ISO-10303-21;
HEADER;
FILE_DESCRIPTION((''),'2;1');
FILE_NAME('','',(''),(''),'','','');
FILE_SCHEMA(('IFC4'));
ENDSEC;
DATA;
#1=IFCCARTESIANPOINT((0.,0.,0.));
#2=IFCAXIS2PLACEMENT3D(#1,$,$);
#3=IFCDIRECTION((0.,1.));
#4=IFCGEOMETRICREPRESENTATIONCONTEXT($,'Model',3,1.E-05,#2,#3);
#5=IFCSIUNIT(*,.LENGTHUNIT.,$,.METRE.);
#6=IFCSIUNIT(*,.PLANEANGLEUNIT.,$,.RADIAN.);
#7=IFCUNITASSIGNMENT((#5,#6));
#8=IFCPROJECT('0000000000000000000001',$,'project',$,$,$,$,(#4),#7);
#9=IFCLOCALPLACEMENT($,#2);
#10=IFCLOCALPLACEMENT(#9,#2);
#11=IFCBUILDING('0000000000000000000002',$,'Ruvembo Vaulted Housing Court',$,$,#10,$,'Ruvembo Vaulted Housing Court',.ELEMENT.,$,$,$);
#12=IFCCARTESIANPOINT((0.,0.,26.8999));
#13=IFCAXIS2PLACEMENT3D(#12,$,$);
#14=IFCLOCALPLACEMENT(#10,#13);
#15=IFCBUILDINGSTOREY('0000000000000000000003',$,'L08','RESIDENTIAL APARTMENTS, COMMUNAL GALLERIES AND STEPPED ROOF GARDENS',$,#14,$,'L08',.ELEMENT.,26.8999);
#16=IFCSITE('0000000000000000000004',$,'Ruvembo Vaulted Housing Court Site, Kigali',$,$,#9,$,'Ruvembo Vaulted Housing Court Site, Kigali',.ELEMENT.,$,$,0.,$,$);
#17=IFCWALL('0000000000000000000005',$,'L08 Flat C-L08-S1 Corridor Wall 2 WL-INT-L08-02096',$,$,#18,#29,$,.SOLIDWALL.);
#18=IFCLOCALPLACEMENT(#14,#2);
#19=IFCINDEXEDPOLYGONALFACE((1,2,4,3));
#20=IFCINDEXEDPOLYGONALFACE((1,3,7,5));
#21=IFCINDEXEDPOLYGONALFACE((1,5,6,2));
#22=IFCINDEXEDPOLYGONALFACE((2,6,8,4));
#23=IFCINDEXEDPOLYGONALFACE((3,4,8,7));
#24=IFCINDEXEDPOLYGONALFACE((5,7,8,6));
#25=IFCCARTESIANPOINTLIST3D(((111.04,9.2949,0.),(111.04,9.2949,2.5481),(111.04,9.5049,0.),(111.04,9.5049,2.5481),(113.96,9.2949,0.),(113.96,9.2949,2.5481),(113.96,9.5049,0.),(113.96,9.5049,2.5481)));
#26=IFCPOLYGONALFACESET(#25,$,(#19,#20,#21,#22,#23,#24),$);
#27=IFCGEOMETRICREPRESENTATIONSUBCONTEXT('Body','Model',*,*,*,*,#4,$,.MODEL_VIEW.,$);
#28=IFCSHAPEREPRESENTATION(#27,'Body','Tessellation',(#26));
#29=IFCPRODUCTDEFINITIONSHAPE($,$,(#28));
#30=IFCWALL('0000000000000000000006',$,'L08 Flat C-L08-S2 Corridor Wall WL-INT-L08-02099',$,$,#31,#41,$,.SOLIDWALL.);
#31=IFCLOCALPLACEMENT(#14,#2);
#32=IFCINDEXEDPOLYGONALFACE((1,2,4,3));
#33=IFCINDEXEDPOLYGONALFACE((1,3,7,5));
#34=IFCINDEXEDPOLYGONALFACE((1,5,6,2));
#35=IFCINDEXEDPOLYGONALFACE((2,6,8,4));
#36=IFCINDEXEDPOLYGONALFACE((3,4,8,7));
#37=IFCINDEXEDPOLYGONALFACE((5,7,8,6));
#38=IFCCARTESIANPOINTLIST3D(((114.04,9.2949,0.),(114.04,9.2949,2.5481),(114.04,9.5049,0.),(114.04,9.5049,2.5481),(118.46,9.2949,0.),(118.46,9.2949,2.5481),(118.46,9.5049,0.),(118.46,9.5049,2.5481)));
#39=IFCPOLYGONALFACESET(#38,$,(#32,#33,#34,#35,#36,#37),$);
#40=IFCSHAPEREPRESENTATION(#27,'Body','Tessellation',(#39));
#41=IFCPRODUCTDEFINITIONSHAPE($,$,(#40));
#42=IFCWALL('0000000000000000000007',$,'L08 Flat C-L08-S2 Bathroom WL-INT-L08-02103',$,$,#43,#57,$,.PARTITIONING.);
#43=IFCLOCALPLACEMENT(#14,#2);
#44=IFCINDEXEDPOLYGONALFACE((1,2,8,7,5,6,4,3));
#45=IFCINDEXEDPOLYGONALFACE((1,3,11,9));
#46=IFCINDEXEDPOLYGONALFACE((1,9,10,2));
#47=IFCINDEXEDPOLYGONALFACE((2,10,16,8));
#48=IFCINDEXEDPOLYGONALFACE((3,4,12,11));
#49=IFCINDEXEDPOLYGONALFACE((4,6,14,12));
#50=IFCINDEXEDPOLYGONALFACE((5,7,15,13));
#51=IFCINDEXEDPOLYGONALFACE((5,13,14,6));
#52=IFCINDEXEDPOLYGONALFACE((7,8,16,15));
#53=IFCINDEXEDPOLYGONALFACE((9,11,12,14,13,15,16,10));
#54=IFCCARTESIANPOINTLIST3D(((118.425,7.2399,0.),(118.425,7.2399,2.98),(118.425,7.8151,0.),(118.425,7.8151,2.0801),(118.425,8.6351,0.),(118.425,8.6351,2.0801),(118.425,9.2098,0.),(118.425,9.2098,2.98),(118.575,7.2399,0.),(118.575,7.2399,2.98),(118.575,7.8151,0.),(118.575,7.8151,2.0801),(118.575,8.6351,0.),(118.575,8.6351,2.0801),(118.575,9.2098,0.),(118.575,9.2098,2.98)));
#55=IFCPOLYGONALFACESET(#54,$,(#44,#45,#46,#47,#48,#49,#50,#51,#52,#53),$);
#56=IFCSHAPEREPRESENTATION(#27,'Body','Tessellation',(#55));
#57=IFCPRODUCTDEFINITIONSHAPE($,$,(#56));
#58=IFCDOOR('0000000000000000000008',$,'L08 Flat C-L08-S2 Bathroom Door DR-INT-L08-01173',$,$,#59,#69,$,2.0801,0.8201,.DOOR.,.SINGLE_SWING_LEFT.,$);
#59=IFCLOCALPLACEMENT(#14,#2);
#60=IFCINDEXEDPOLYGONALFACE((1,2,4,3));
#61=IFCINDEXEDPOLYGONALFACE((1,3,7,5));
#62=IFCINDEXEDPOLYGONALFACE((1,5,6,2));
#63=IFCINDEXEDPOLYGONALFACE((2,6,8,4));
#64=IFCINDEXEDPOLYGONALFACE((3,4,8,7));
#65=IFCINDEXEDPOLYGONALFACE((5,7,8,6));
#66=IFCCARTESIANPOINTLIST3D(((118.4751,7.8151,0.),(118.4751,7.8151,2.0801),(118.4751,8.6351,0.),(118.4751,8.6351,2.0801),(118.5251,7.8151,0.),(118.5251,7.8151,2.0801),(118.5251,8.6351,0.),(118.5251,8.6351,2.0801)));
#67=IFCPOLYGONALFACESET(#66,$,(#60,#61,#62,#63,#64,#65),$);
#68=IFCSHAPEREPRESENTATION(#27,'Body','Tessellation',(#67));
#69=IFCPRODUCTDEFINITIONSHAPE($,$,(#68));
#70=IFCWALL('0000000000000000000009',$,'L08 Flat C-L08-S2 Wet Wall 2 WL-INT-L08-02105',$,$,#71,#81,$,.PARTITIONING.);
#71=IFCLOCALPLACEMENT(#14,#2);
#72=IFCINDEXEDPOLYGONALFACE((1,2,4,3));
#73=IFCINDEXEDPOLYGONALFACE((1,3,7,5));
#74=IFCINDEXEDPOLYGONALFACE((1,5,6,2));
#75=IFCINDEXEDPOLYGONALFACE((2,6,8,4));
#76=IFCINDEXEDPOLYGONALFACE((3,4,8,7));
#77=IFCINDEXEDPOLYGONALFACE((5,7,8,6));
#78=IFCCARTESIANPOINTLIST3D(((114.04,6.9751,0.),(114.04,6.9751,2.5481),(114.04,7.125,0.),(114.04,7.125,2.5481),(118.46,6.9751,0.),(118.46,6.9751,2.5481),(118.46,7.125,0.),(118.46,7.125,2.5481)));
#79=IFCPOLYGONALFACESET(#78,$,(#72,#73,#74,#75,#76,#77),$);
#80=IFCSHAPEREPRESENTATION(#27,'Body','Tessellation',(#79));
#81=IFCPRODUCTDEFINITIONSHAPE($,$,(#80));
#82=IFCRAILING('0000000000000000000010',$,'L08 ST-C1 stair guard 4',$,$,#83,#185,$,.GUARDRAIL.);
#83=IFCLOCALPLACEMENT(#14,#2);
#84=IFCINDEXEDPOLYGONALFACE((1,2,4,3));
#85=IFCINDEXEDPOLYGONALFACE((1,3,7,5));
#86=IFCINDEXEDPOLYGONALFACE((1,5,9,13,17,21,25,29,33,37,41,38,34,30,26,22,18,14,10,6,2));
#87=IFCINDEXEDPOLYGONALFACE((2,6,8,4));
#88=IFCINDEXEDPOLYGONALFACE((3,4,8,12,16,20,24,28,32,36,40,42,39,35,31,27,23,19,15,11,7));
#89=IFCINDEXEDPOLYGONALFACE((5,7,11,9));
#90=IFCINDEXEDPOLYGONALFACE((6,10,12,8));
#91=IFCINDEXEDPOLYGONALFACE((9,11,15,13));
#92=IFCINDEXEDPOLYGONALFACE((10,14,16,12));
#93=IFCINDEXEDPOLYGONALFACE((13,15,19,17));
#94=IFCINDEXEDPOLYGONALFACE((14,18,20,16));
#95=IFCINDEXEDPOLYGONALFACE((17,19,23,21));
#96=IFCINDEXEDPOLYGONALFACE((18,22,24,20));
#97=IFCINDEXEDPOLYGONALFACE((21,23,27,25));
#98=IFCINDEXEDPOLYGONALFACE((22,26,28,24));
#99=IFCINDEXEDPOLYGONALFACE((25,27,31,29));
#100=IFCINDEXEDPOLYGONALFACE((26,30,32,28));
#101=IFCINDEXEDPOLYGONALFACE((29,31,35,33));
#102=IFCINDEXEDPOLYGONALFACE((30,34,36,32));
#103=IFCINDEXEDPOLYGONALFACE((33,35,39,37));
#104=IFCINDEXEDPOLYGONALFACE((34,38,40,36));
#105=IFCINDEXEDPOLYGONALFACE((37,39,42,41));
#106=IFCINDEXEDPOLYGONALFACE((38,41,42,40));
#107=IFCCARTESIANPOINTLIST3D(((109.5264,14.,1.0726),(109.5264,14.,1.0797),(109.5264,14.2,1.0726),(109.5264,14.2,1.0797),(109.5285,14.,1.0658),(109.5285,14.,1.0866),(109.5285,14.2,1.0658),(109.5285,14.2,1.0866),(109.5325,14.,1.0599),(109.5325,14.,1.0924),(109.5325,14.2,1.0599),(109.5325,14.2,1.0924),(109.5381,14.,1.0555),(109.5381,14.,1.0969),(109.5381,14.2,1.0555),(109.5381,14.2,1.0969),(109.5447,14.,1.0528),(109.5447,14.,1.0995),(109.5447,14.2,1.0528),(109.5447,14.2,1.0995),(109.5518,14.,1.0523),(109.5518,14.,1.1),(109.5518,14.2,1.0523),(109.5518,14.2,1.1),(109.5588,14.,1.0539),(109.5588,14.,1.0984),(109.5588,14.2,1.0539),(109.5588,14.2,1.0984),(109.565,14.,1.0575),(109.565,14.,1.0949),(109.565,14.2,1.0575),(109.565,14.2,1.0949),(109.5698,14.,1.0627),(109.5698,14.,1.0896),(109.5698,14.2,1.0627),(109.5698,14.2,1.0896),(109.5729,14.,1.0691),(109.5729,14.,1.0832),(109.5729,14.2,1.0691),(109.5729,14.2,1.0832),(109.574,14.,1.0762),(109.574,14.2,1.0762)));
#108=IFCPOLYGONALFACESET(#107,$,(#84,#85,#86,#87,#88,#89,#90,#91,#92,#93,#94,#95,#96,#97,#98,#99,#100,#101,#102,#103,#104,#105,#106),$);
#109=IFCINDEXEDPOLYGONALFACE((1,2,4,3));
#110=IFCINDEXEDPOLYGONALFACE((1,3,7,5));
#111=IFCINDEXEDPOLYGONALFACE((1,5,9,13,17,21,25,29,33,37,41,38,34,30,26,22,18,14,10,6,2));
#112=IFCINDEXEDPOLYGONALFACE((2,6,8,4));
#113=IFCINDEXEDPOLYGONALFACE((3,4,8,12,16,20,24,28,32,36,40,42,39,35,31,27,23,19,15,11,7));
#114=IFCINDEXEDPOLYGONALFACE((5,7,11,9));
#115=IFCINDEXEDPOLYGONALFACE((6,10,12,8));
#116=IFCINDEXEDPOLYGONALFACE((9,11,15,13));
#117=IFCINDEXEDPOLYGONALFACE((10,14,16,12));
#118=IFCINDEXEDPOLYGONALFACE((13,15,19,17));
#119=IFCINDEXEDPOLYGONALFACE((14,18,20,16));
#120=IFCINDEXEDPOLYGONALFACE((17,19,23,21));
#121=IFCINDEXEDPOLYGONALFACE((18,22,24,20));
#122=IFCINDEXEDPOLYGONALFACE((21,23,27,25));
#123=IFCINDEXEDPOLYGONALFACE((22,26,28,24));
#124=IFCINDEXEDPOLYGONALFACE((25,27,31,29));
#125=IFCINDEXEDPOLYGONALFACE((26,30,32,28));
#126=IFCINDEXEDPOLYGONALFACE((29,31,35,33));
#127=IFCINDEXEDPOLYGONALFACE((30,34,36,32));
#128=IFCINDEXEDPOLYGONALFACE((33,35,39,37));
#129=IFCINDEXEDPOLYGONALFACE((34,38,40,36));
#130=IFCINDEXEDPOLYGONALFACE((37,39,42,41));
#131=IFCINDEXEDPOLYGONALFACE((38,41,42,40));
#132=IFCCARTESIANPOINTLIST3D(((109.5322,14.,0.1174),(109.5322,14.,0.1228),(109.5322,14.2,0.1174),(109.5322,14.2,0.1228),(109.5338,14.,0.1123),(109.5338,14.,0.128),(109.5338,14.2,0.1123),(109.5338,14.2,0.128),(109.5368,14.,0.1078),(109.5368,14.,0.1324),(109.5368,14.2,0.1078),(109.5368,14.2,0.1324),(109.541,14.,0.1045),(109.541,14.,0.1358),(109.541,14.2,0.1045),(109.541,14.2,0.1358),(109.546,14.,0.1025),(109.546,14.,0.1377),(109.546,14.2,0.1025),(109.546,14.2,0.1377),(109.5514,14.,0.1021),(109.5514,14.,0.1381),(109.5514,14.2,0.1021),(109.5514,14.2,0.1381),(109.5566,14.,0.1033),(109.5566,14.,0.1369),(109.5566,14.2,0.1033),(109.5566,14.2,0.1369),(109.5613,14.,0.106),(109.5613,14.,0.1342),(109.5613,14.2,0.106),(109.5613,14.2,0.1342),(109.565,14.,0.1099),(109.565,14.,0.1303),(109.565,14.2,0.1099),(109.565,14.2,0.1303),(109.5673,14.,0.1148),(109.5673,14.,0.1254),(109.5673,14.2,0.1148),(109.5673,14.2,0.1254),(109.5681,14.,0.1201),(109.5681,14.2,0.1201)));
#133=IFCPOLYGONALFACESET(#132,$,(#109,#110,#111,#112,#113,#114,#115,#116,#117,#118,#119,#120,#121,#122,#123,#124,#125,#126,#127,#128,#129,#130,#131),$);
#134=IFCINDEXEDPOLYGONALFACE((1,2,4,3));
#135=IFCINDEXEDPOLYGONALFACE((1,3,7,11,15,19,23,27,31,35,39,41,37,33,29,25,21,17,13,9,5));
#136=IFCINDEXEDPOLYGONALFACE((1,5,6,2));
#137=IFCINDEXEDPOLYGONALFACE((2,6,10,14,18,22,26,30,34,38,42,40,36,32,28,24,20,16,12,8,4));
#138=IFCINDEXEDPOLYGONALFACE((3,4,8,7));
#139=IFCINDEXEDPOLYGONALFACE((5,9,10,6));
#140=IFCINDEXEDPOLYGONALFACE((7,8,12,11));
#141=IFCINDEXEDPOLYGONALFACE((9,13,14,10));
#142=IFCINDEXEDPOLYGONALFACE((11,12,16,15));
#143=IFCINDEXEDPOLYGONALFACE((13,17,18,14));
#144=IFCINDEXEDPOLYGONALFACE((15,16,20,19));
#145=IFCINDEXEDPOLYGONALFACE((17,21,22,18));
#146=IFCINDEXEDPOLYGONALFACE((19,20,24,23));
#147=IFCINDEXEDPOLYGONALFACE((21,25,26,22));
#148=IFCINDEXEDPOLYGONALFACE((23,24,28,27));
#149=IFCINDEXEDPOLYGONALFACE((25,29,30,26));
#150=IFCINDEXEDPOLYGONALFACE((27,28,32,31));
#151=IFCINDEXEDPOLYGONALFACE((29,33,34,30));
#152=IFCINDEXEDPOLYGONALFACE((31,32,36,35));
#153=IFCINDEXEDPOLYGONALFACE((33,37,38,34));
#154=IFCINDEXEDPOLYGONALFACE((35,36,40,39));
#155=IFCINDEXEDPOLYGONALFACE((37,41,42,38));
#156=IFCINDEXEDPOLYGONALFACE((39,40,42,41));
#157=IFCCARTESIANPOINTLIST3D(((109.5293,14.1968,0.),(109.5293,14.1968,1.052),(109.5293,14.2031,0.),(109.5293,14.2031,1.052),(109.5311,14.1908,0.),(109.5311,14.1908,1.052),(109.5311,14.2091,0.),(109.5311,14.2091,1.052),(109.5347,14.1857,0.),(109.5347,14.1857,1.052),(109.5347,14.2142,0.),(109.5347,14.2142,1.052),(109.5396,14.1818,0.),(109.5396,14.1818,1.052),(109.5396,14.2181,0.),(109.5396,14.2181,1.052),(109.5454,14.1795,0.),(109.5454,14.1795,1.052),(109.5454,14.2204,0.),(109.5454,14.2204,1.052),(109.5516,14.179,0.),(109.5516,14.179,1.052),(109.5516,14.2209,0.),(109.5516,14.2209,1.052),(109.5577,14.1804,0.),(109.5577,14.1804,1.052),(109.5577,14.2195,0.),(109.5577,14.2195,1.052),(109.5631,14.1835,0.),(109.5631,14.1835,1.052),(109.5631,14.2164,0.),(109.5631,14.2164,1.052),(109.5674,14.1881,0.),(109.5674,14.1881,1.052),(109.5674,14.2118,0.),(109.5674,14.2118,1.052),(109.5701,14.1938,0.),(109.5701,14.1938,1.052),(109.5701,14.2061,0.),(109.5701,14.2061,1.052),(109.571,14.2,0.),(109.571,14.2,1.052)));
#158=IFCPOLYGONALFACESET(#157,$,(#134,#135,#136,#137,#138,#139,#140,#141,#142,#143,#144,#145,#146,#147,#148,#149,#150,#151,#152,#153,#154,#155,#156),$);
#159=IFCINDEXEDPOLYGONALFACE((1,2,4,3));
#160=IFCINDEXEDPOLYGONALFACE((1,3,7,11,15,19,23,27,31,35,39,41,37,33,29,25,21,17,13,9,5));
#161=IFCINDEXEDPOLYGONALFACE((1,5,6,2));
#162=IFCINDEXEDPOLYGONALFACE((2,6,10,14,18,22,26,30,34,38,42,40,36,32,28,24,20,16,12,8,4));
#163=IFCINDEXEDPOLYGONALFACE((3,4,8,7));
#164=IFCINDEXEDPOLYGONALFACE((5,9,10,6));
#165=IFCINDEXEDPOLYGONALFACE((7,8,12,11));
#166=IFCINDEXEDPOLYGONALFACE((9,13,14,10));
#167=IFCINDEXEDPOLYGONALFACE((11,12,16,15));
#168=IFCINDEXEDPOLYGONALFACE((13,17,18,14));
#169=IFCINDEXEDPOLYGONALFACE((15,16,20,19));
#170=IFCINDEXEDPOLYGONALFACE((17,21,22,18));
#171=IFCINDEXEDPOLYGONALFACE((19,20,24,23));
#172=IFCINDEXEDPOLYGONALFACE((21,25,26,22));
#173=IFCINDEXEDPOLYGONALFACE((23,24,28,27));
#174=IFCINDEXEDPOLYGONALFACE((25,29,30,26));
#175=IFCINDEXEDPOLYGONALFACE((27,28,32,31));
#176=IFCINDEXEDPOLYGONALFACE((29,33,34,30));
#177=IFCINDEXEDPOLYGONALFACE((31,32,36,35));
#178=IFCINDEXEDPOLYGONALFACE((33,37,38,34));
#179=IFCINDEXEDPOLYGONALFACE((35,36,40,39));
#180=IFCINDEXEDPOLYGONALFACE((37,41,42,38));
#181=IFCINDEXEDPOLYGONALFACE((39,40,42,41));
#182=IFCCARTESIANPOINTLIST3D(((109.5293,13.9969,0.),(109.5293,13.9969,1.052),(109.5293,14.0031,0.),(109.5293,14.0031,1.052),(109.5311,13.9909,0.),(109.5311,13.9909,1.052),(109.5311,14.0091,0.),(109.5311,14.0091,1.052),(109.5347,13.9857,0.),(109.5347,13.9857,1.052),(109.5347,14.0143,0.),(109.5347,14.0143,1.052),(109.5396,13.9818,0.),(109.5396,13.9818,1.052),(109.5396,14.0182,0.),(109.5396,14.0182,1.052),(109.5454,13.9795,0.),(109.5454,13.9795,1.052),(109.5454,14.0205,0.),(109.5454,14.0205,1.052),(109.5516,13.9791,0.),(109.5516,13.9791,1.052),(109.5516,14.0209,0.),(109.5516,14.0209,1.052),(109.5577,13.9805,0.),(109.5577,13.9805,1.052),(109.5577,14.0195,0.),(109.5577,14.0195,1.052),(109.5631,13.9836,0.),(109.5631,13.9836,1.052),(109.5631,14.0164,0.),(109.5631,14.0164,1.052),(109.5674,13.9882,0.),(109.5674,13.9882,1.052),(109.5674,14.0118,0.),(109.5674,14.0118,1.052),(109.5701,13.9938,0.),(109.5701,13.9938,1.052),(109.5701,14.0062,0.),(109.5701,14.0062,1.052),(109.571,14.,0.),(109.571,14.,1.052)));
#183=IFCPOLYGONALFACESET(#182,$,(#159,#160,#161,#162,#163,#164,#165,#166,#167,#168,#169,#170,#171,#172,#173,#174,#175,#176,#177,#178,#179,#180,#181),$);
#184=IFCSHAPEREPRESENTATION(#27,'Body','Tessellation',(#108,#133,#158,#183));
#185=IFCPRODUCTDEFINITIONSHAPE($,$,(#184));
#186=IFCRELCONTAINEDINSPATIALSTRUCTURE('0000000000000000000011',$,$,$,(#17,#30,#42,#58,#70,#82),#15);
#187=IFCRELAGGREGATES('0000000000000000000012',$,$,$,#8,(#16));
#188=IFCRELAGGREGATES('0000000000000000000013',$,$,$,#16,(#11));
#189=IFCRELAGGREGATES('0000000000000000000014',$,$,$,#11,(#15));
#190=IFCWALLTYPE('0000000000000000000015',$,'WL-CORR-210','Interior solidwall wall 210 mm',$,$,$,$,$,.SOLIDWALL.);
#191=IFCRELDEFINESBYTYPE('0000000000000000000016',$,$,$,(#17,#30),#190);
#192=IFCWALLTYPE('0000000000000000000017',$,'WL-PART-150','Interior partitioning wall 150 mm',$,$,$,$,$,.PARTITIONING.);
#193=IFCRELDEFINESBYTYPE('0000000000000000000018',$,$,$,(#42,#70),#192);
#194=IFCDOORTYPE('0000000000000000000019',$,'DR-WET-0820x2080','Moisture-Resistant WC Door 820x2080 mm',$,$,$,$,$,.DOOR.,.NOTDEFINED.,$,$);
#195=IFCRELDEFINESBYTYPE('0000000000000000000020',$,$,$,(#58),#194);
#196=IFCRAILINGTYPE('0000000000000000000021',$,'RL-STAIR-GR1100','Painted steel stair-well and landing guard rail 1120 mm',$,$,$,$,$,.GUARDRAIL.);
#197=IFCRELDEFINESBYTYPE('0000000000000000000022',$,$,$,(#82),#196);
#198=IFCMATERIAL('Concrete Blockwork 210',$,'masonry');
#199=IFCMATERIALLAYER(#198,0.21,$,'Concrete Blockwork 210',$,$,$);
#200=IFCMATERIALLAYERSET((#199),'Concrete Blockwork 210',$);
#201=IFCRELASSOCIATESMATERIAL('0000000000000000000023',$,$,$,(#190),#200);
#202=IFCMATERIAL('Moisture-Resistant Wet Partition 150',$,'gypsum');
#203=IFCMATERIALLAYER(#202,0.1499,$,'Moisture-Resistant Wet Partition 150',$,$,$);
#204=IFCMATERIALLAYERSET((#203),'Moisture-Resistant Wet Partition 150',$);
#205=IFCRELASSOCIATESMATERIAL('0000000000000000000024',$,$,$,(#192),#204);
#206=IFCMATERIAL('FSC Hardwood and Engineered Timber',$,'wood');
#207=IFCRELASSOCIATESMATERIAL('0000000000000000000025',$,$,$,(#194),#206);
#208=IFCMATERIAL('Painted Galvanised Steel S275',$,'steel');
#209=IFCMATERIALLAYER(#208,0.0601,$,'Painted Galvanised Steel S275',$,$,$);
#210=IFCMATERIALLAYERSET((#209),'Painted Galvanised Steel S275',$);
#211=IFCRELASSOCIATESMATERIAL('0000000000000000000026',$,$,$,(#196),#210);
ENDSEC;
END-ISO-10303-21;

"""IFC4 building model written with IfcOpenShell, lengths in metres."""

from ifc_helpers import new_model, si_unit, direction, frame, frame_2d, origin, origin_2d, place, context, subcontext, project, spatial, rectangle, circle, extrude, material, layer, layer_set, type_object, element, fill, save


model = new_model("IFC4")

# Units and contexts
model_context = context("Model", 3, precision=1e-05, world=origin(), true_north=direction((0.0, 1.0)))
body_context = subcontext(model_context, "Body", "Model", "MODEL_VIEW")
ifc_project = project(units=[si_unit("LENGTHUNIT", "METRE"), si_unit("PLANEANGLEUNIT", "RADIAN")], contexts=[model_context])

# Site, building, storey
site_placement = place(None, origin())
site = spatial("IfcSite", under=ifc_project, at=site_placement, Name="Ruvembo Vaulted Housing Court Site, Kigali", LongName="Ruvembo Vaulted Housing Court Site, Kigali", CompositionType="ELEMENT", RefElevation=0.0)
building_placement = place(site_placement, origin())
building = spatial("IfcBuilding", under=site, at=building_placement, Name="Ruvembo Vaulted Housing Court", LongName="Ruvembo Vaulted Housing Court", CompositionType="ELEMENT")
storey_placement = place(building_placement, frame((0.0, 0.0, 26.8999)))
storey = spatial("IfcBuildingStorey", under=building, at=storey_placement, Name="L08", Description="RESIDENTIAL APARTMENTS, COMMUNAL GALLERIES AND STEPPED ROOF GARDENS", LongName="L08", CompositionType="ELEMENT", Elevation=26.8999)

# Walls
ifc_material_1 = material(Name="Concrete Blockwork 210", Category="masonry")
ifc_layer_1 = layer(ifc_material_1, 0.21, Name="Concrete Blockwork 210")
ifc_layer_set_1 = layer_set([ifc_layer_1], Name="Concrete Blockwork 210")
wall_type_1 = type_object("IfcWallType", Name="WL-CORR-210", Description="Interior solidwall wall 210 mm", PredefinedType="SOLIDWALL", material=ifc_layer_set_1)
wall_1_placement = place(storey_placement, frame((111.04, 9.3999, 0.0), z_axis=(0.0, 0.0, 1.0), x_axis=(1.0, 0.0, 0.0)))
element("IfcWall", 1, at=wall_1_placement, inside=storey, type_object=wall_type_1, Name="L08 Flat C-L08-S1 Corridor Wall 2 WL-INT-L08-02096", PredefinedType="SOLIDWALL", context=body_context, shape_type="SweptSolid", body=[
    extrude(rectangle(XDim=2.9199, YDim=0.21, at=frame_2d((1.46, 0.0))), origin(), (0.0, 0.0, 1.0), 2.5481),
])
wall_2_placement = place(storey_placement, frame((114.04, 9.3999, 0.0), z_axis=(0.0, 0.0, 1.0), x_axis=(1.0, 0.0, 0.0)))
element("IfcWall", 2, at=wall_2_placement, inside=storey, type_object=wall_type_1, Name="L08 Flat C-L08-S2 Corridor Wall WL-INT-L08-02099", PredefinedType="SOLIDWALL", context=body_context, shape_type="SweptSolid", body=[
    extrude(rectangle(XDim=4.4199, YDim=0.21, at=frame_2d((2.21, 0.0))), origin(), (0.0, 0.0, 1.0), 2.5481),
])

# Wall, opening, door
ifc_material_2 = material(Name="FSC Hardwood and Engineered Timber", Category="wood")
ifc_material_3 = material(Name="Moisture-Resistant Wet Partition 150", Category="gypsum")
ifc_layer_2 = layer(ifc_material_3, 0.1499, Name="Moisture-Resistant Wet Partition 150")
ifc_layer_set_2 = layer_set([ifc_layer_2], Name="Moisture-Resistant Wet Partition 150")
wall_type_2 = type_object("IfcWallType", Name="WL-PART-150", Description="Interior partitioning wall 150 mm", PredefinedType="PARTITIONING", material=ifc_layer_set_2)
wall_3_placement = place(storey_placement, frame((118.5, 7.24, 0.0), z_axis=(0.0, 0.0, 1.0), x_axis=(0.0, 1.0, 0.0)))
wall_3 = element("IfcWall", 3, at=wall_3_placement, inside=storey, type_object=wall_type_2, Name="L08 Flat C-L08-S2 Bathroom WL-INT-L08-02103", PredefinedType="PARTITIONING", context=body_context, shape_type="SweptSolid", body=[
    extrude(rectangle(XDim=1.97, YDim=0.1499, at=frame_2d((0.9849, 0.0))), origin(), (0.0, 0.0, 1.0), 2.98),
])
opening_1_placement = place(wall_3_placement, frame((0.575, 0.0, 0.0)))
opening_1 = element("IfcOpeningElement", 4, at=opening_1_placement, cuts=wall_3, PredefinedType="OPENING", context=body_context, shape_type="SweptSolid", body=[
    extrude(rectangle(XDim=0.8201, YDim=2.0801, at=frame_2d((0.4102, 1.04))), frame((0.0, 0.085, 0.0), z_axis=(0.0, -1.0, 0.0), x_axis=(1.0, 0.0, 0.0)), (0.0, 0.0, 1.0), 0.1699),
])
door_type_1 = type_object("IfcDoorType", Name="DR-WET-0820x2080", Description="Moisture-Resistant WC Door 820x2080 mm", OperationType="NOTDEFINED", PredefinedType="DOOR", material=ifc_material_2)
door_1_placement = place(opening_1_placement, origin())
door_1 = element("IfcDoor", 5, at=door_1_placement, inside=storey, type_object=door_type_1, Name="L08 Flat C-L08-S2 Bathroom Door DR-INT-L08-01173", OperationType="SINGLE_SWING_LEFT", OverallHeight=2.0801, OverallWidth=0.8201, PredefinedType="DOOR", context=body_context, shape_type="SweptSolid", body=[
    extrude(rectangle(XDim=0.8201, YDim=2.0801, at=frame_2d((0.4102, 1.04))), frame((0.0, 0.0249, 0.0), z_axis=(0.0, -1.0, 0.0), x_axis=(1.0, 0.0, 0.0)), (0.0, 0.0, 1.0), 0.05),
])
fill(opening_1, door_1)

# Wall
wall_4_placement = place(storey_placement, frame((114.04, 7.05, 0.0), z_axis=(0.0, 0.0, 1.0), x_axis=(1.0, 0.0, 0.0)))
element("IfcWall", 6, at=wall_4_placement, inside=storey, type_object=wall_type_2, Name="L08 Flat C-L08-S2 Wet Wall 2 WL-INT-L08-02105", PredefinedType="PARTITIONING", context=body_context, shape_type="SweptSolid", body=[
    extrude(rectangle(XDim=4.4199, YDim=0.1499, at=frame_2d((2.21, 0.0))), origin(), (0.0, 0.0, 1.0), 2.5481),
])

# Railing
ifc_material_4 = material(Name="Painted Galvanised Steel S275", Category="steel")
ifc_layer_3 = layer(ifc_material_4, 0.0601, Name="Painted Galvanised Steel S275")
ifc_layer_set_3 = layer_set([ifc_layer_3], Name="Painted Galvanised Steel S275")
railing_type = type_object("IfcRailingType", Name="RL-STAIR-GR1100", Description="Painted steel stair-well and landing guard rail 1120 mm", PredefinedType="GUARDRAIL", material=ifc_layer_set_3)
railing_placement = place(storey_placement, frame((109.55, 14.2, 0.0)))
element("IfcRailing", 7, at=railing_placement, inside=storey, type_object=railing_type, Name="L08 ST-C1 stair guard 4", PredefinedType="GUARDRAIL", context=body_context, shape_type="SweptSolid", body=[
    extrude(circle(Radius=0.0239, at=origin_2d()), frame((0.0, 0.0, 1.0762), z_axis=(0.0, -1.0, 0.0), x_axis=(1.0, 0.0, 0.0)), (0.0, 0.0, 1.0), 0.2),
    extrude(circle(Radius=0.0181, at=origin_2d()), frame((0.0, 0.0, 0.1201), z_axis=(0.0, -1.0, 0.0), x_axis=(1.0, 0.0, 0.0)), (0.0, 0.0, 1.0), 0.2),
    extrude(circle(Radius=0.021, at=origin_2d()), origin(), (0.0, 0.0, 1.0), 1.052),
    extrude(circle(Radius=0.021, at=origin_2d()), frame((0.0, -0.2, 0.0)), (0.0, 0.0, 1.0), 1.052),
])

save(model, "model.ifc")
